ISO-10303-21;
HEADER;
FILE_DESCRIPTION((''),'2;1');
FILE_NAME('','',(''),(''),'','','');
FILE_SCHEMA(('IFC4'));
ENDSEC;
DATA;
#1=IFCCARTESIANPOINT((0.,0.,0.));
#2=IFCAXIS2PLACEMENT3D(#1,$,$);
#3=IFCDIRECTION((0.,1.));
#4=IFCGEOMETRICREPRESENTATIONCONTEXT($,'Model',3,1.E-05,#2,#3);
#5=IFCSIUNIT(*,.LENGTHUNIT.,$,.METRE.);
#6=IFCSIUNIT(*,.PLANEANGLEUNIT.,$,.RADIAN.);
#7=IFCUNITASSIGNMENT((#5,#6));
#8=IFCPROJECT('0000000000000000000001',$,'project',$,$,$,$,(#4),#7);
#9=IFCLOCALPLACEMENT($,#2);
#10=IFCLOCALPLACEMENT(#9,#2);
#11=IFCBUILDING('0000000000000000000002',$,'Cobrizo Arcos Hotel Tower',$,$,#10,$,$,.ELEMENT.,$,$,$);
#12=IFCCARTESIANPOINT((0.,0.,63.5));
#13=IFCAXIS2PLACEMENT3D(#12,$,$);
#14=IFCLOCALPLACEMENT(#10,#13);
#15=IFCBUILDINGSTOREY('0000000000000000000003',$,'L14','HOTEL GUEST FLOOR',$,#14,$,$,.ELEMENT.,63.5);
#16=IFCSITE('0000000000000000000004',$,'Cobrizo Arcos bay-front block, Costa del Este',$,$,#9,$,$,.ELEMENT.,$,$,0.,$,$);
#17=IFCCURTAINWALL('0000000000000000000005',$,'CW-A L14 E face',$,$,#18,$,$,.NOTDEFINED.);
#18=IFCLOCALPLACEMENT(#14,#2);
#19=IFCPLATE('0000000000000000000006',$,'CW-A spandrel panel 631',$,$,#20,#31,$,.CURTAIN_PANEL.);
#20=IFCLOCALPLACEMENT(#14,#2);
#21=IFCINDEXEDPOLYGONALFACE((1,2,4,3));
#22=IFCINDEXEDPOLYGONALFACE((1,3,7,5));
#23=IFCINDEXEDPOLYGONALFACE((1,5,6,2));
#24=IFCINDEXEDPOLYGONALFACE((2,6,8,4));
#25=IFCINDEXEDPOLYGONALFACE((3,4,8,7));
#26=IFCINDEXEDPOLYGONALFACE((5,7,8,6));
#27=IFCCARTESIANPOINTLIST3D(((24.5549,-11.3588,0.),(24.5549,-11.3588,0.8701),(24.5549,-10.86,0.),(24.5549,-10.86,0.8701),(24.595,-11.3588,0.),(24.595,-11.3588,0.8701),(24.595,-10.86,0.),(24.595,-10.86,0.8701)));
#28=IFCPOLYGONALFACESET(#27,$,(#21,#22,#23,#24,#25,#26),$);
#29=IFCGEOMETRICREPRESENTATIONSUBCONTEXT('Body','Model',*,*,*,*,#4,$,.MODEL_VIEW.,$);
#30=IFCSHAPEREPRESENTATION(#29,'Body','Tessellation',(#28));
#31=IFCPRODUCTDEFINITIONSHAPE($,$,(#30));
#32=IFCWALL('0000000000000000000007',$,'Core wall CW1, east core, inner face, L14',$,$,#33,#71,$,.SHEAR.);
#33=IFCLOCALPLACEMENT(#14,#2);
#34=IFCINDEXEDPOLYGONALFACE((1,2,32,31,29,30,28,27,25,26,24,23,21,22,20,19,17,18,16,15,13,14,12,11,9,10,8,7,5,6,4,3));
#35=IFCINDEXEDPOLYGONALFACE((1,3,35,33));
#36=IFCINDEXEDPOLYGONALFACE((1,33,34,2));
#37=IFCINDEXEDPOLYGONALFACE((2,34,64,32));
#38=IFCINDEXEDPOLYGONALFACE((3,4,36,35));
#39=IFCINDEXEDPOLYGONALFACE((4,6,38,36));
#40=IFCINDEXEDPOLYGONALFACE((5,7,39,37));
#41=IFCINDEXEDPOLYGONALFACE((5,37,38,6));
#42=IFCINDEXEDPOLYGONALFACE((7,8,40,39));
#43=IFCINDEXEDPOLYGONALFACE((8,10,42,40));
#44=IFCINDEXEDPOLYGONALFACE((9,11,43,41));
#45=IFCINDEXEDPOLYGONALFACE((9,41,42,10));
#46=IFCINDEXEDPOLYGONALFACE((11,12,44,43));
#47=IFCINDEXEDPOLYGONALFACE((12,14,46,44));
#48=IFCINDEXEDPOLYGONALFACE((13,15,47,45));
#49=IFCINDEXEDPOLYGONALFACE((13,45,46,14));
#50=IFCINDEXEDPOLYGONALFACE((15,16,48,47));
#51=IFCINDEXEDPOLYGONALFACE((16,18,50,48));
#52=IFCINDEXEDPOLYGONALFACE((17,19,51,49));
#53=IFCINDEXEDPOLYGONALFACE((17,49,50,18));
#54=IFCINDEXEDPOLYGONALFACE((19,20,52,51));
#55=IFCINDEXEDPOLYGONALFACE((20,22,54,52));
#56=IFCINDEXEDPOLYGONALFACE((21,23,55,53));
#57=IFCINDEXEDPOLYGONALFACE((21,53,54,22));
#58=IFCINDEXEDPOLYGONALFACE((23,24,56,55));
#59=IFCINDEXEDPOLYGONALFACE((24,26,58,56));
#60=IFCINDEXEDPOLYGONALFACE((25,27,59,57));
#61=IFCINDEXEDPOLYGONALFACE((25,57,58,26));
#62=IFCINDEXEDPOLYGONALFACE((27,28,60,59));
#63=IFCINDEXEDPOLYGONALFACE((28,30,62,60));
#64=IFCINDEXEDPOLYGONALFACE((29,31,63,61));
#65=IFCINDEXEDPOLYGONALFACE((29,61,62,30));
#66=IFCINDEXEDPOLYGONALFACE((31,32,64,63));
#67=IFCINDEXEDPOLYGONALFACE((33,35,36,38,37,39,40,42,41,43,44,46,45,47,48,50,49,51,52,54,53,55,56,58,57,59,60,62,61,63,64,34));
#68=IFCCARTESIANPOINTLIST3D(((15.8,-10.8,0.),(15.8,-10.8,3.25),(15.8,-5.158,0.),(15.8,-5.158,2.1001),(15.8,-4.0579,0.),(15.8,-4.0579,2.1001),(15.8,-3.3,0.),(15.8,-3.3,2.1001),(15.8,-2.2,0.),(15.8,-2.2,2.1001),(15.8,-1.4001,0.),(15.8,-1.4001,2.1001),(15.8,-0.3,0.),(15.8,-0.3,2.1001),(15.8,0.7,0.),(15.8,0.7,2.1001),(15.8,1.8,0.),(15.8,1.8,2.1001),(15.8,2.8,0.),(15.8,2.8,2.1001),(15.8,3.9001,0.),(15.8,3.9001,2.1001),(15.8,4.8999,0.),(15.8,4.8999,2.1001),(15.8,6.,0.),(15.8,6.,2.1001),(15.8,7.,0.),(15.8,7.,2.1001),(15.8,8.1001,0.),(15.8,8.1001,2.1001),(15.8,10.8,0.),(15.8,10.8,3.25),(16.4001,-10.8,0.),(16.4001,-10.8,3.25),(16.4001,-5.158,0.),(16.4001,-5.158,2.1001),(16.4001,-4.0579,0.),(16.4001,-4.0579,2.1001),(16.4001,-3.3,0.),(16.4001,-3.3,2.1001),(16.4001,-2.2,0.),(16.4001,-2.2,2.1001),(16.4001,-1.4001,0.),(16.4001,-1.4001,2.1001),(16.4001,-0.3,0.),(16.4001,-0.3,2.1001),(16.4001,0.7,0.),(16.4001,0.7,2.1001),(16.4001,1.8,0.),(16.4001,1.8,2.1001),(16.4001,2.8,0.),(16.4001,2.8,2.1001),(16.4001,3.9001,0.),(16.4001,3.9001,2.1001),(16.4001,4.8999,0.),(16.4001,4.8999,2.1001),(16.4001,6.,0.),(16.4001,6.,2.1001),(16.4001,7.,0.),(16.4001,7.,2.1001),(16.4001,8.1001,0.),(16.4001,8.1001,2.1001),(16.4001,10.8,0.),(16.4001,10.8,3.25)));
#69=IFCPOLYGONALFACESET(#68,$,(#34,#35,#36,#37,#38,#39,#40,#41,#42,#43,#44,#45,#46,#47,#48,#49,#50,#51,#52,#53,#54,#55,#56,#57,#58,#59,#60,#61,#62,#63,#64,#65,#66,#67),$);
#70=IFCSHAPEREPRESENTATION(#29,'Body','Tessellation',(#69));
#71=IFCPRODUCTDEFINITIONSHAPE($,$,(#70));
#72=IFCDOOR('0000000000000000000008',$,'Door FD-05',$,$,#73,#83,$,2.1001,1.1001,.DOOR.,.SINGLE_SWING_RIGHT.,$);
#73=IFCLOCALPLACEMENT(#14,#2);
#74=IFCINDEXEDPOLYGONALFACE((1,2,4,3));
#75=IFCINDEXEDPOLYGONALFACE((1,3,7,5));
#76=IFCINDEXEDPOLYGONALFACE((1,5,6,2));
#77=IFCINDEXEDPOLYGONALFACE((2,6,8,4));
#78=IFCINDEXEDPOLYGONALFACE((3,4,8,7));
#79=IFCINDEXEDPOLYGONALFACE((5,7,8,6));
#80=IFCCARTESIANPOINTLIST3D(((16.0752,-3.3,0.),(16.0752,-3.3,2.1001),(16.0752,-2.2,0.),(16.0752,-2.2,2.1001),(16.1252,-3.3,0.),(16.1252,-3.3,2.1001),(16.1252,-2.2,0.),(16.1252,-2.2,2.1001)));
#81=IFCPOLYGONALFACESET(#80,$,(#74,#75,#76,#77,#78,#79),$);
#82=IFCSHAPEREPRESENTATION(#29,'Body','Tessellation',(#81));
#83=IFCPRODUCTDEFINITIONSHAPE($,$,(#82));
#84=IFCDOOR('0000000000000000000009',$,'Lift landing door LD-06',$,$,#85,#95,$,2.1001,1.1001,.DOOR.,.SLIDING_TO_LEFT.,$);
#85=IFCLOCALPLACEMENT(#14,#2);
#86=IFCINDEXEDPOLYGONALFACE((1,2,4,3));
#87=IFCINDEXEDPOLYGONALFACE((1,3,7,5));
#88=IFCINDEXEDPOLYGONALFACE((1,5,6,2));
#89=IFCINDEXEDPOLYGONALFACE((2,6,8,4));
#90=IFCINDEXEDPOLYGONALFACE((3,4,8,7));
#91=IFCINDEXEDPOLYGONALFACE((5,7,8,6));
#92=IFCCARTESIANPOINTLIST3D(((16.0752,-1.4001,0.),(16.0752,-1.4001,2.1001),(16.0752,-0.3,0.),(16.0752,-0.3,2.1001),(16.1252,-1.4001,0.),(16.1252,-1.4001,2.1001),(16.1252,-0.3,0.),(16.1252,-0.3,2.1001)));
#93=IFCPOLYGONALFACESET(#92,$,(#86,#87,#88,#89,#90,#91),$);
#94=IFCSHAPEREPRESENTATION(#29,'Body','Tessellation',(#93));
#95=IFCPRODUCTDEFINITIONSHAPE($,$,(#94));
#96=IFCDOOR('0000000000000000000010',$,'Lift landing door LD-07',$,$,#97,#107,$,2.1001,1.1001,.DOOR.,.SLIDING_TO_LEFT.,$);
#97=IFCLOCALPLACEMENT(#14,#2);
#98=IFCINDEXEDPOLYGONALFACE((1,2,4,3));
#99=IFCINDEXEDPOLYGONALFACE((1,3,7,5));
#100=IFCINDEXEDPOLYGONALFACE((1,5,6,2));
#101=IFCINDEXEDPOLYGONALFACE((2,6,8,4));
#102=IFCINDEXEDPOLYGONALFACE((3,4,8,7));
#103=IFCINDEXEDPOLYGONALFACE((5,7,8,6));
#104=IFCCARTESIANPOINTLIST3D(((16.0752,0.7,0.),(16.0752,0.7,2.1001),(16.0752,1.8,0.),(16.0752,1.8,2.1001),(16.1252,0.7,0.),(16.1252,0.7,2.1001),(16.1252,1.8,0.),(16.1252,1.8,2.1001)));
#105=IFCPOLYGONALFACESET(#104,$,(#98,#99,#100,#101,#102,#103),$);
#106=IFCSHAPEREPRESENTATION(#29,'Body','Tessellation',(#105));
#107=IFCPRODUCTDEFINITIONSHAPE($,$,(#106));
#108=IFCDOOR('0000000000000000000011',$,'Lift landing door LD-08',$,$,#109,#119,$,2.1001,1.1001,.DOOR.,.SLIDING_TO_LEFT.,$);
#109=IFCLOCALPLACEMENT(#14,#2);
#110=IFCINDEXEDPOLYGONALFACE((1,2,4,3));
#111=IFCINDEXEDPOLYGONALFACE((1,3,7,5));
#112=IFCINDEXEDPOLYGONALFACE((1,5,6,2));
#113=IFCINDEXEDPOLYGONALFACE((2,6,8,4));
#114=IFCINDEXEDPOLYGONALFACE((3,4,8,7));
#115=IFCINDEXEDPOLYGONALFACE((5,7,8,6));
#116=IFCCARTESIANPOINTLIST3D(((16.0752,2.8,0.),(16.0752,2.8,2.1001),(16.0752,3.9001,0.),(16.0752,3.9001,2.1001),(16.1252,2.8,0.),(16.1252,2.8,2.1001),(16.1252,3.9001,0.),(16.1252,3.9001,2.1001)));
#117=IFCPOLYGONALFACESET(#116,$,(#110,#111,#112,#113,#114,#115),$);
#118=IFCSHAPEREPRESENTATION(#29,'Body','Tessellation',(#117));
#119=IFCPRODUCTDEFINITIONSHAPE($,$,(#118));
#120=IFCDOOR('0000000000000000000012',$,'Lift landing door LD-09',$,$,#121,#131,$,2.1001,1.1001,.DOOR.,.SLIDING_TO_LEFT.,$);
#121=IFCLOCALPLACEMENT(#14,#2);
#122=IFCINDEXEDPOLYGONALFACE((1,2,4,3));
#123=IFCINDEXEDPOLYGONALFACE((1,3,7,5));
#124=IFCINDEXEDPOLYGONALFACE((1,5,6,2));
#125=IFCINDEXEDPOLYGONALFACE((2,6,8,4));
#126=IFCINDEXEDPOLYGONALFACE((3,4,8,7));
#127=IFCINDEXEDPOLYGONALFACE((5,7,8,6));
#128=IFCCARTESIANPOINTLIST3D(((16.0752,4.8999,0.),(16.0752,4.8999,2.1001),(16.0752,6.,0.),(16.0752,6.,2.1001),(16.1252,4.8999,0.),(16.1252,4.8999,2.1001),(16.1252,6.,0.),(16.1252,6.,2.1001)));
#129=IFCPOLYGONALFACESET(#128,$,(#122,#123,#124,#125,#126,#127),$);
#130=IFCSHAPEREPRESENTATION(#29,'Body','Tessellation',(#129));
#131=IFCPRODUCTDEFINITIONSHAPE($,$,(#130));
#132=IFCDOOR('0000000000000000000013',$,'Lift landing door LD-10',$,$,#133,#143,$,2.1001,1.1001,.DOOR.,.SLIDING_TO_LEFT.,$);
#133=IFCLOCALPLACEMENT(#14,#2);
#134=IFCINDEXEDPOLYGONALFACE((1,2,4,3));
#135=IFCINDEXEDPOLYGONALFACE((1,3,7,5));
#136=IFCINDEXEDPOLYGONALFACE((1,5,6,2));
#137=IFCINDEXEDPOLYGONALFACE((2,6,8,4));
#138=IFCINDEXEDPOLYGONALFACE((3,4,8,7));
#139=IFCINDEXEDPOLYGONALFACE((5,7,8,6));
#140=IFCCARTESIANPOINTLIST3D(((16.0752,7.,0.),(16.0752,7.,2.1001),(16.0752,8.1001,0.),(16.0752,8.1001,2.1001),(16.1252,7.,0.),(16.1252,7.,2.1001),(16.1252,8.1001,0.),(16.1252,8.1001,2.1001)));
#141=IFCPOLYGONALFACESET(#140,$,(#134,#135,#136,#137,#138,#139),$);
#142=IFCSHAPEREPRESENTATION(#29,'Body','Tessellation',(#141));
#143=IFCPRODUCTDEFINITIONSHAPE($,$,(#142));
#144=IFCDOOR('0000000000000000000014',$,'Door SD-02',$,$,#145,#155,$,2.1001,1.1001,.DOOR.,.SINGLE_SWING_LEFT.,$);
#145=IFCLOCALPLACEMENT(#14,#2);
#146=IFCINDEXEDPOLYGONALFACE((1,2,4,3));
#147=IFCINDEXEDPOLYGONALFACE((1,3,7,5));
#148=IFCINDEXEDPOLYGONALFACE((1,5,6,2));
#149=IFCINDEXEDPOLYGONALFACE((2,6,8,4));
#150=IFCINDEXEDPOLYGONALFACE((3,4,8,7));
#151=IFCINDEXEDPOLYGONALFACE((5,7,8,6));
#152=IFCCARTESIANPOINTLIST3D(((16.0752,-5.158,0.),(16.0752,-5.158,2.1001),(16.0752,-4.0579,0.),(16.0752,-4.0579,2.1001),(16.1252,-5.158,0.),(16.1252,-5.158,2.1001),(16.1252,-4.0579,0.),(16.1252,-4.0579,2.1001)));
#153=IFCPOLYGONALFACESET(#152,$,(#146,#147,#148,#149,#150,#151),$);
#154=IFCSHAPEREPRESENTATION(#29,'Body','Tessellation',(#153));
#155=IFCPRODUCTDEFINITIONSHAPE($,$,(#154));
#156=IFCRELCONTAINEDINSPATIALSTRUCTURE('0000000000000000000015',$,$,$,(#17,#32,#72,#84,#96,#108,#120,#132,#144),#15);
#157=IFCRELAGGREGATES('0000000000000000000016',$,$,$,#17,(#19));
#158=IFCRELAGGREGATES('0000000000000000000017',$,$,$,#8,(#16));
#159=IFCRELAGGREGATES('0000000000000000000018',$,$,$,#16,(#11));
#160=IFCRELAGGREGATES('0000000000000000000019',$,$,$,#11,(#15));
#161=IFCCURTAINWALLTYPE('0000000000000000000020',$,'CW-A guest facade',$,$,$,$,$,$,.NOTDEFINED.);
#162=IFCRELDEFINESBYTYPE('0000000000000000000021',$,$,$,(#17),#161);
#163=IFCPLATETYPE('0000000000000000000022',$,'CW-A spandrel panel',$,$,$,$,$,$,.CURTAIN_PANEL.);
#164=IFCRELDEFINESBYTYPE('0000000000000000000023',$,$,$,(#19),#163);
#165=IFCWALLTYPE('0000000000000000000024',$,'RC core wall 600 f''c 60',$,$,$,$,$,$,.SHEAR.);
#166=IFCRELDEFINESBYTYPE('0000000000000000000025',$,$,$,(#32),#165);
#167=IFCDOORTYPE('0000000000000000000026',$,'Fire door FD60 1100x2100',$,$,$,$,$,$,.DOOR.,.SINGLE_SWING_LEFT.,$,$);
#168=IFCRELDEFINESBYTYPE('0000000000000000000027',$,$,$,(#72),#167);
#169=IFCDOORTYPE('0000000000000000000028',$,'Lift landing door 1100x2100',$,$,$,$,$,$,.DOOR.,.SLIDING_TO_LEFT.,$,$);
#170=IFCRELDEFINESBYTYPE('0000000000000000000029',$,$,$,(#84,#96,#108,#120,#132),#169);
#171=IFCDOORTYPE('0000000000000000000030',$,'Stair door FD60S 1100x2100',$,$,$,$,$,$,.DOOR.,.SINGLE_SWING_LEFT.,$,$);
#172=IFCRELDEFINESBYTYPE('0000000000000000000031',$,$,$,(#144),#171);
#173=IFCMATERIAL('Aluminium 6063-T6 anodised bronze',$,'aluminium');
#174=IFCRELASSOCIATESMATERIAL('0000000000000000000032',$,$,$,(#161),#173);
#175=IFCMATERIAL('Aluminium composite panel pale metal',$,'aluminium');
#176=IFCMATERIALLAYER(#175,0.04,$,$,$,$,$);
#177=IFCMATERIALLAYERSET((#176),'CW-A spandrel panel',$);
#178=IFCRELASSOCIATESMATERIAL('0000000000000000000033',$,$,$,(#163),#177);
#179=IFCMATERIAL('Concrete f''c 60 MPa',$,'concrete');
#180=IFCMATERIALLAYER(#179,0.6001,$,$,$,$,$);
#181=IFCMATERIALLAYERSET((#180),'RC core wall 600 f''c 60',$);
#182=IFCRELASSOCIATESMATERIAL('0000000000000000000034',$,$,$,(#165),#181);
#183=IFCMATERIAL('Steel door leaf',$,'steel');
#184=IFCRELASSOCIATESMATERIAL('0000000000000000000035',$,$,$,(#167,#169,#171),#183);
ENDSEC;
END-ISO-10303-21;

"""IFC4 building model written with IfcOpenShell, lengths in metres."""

from ifc_helpers import new_model, si_unit, direction, frame, frame_2d, origin, origin_2d, place, context, subcontext, project, spatial, rectangle, extrude, material, layer, layer_set, type_object, element, fill, aggregate, save


model = new_model("IFC4")

# Units and contexts
model_context = context("Model", 3, precision=1e-05, world=origin(), true_north=direction((0.0, 1.0)))
body_context = subcontext(model_context, "Body", "Model", "MODEL_VIEW")
ifc_project = project(units=[si_unit("LENGTHUNIT", "METRE"), si_unit("PLANEANGLEUNIT", "RADIAN")], contexts=[model_context])

# Site, building, storey
site_placement = place(None, origin())
site = spatial("IfcSite", under=ifc_project, at=site_placement, Name="Cobrizo Arcos bay-front block, Costa del Este", CompositionType="ELEMENT", RefElevation=0.0)
building_placement = place(site_placement, origin())
building = spatial("IfcBuilding", under=site, at=building_placement, Name="Cobrizo Arcos Hotel Tower", CompositionType="ELEMENT")
storey_placement = place(building_placement, frame((0.0, 0.0, 63.5)))
storey = spatial("IfcBuildingStorey", under=building, at=storey_placement, Name="L14", Description="HOTEL GUEST FLOOR", CompositionType="ELEMENT", Elevation=63.5)

# Curtain wall
ifc_material_1 = material(Name="Aluminium 6063-T6 anodised bronze", Category="aluminium")
curtain_wall_type = type_object("IfcCurtainWallType", Name="CW-A guest facade", PredefinedType="NOTDEFINED", material=ifc_material_1)
curtain_wall_placement = place(storey_placement, origin())
curtain_wall = element("IfcCurtainWall", 1, at=curtain_wall_placement, inside=storey, type_object=curtain_wall_type, Name="CW-A L14 E face", PredefinedType="NOTDEFINED")

# Plate
ifc_material_2 = material(Name="Aluminium composite panel pale metal", Category="aluminium")
ifc_layer_1 = layer(ifc_material_2, 0.04)
ifc_layer_set_1 = layer_set([ifc_layer_1], Name="CW-A spandrel panel")
plate_type_1 = type_object("IfcPlateType", Name="CW-A spandrel panel", PredefinedType="CURTAIN_PANEL", material=ifc_layer_set_1)
plate_1_placement = place(storey_placement, frame((24.575, -11.1094, 0.0), z_axis=(0.0, 0.0, 1.0), x_axis=(0.0, 1.0, 0.0)))
plate_1 = element("IfcPlate", 2, at=plate_1_placement, type_object=plate_type_1, Name="CW-A spandrel panel 631", PredefinedType="CURTAIN_PANEL", context=body_context, shape_type="SweptSolid", body=[
    extrude(rectangle(XDim=0.4988, YDim=0.04, at=origin_2d()), origin(), (0.0, 0.0, 1.0), 0.8701),
])
aggregate(curtain_wall, [plate_1])

# Wall, openings, doors
ifc_material_3 = material(Name="Concrete f'c 60 MPa", Category="concrete")
ifc_layer_2 = layer(ifc_material_3, 0.6001)
ifc_layer_set_2 = layer_set([ifc_layer_2], Name="RC core wall 600 f'c 60")
wall_type = type_object("IfcWallType", Name="RC core wall 600 f'c 60", PredefinedType="SHEAR", material=ifc_layer_set_2)
wall_placement = place(storey_placement, frame((16.1001, -10.8, 0.0), z_axis=(0.0, 0.0, 1.0), x_axis=(0.0, 1.0, 0.0)))
wall = element("IfcWall", 3, at=wall_placement, inside=storey, type_object=wall_type, Name="Core wall CW1, east core, inner face, L14", PredefinedType="SHEAR", context=body_context, shape_type="SweptSolid", body=[
    extrude(rectangle(XDim=21.6001, YDim=0.6001, at=frame_2d((10.8, 0.0))), origin(), (0.0, 0.0, 1.0), 3.25),
])
opening_1_placement = place(wall_placement, frame((9.3999, 0.0, 0.0)))
opening_1 = element("IfcOpeningElement", 4, at=opening_1_placement, cuts=wall, PredefinedType="OPENING", context=body_context, shape_type="SweptSolid", body=[
    extrude(rectangle(XDim=1.1001, YDim=2.1001, at=frame_2d((0.55, 1.05))), frame((0.0, 0.312, 0.0), z_axis=(0.0, -1.0, 0.0), x_axis=(1.0, 0.0, 0.0)), (0.0, 0.0, 1.0), 0.624),
])
opening_2_placement = place(wall_placement, frame((11.5, 0.0, 0.0)))
opening_2 = element("IfcOpeningElement", 5, at=opening_2_placement, cuts=wall, PredefinedType="OPENING", context=body_context, shape_type="SweptSolid", body=[
    extrude(rectangle(XDim=1.1001, YDim=2.1001, at=frame_2d((0.55, 1.05))), frame((0.0, 0.312, 0.0), z_axis=(0.0, -1.0, 0.0), x_axis=(1.0, 0.0, 0.0)), (0.0, 0.0, 1.0), 0.624),
])
opening_3_placement = place(wall_placement, frame((13.6001, 0.0, 0.0)))
opening_3 = element("IfcOpeningElement", 6, at=opening_3_placement, cuts=wall, PredefinedType="OPENING", context=body_context, shape_type="SweptSolid", body=[
    extrude(rectangle(XDim=1.1001, YDim=2.1001, at=frame_2d((0.55, 1.05))), frame((0.0, 0.312, 0.0), z_axis=(0.0, -1.0, 0.0), x_axis=(1.0, 0.0, 0.0)), (0.0, 0.0, 1.0), 0.624),
])
opening_4_placement = place(wall_placement, frame((15.7, 0.0, 0.0)))
opening_4 = element("IfcOpeningElement", 7, at=opening_4_placement, cuts=wall, PredefinedType="OPENING", context=body_context, shape_type="SweptSolid", body=[
    extrude(rectangle(XDim=1.1001, YDim=2.1001, at=frame_2d((0.55, 1.05))), frame((0.0, 0.312, 0.0), z_axis=(0.0, -1.0, 0.0), x_axis=(1.0, 0.0, 0.0)), (0.0, 0.0, 1.0), 0.624),
])
opening_5_placement = place(wall_placement, frame((17.8, 0.0, 0.0)))
opening_5 = element("IfcOpeningElement", 8, at=opening_5_placement, cuts=wall, PredefinedType="OPENING", context=body_context, shape_type="SweptSolid", body=[
    extrude(rectangle(XDim=1.1001, YDim=2.1001, at=frame_2d((0.55, 1.05))), frame((0.0, 0.312, 0.0), z_axis=(0.0, -1.0, 0.0), x_axis=(1.0, 0.0, 0.0)), (0.0, 0.0, 1.0), 0.624),
])
opening_6_placement = place(wall_placement, frame((5.6421, 0.0, 0.0)))
opening_6 = element("IfcOpeningElement", 9, at=opening_6_placement, cuts=wall, PredefinedType="OPENING", context=body_context, shape_type="SweptSolid", body=[
    extrude(rectangle(XDim=1.1001, YDim=2.1001, at=frame_2d((0.55, 1.05))), frame((0.0, 0.312, 0.0), z_axis=(0.0, -1.0, 0.0), x_axis=(1.0, 0.0, 0.0)), (0.0, 0.0, 1.0), 0.624),
])
opening_7_placement = place(wall_placement, frame((7.5, 0.0, 0.0)))
opening_7 = element("IfcOpeningElement", 10, at=opening_7_placement, cuts=wall, PredefinedType="OPENING", context=body_context, shape_type="SweptSolid", body=[
    extrude(rectangle(XDim=1.1001, YDim=2.1001, at=frame_2d((0.55, 1.05))), frame((0.0, 0.312, 0.0), z_axis=(0.0, -1.0, 0.0), x_axis=(1.0, 0.0, 0.0)), (0.0, 0.0, 1.0), 0.624),
])
ifc_material_4 = material(Name="Steel door leaf", Category="steel")
door_type_1 = type_object("IfcDoorType", Name="Fire door FD60 1100x2100", OperationType="SINGLE_SWING_LEFT", PredefinedType="DOOR", material=ifc_material_4)
door_1_placement = place(opening_7_placement, origin())
door_1 = element("IfcDoor", 11, at=door_1_placement, inside=storey, type_object=door_type_1, Name="Door FD-05", OperationType="SINGLE_SWING_RIGHT", OverallHeight=2.1001, OverallWidth=1.1001, PredefinedType="DOOR", context=body_context, shape_type="SweptSolid", body=[
    extrude(rectangle(XDim=1.1001, YDim=2.1001, at=frame_2d((0.55, 1.05))), frame((0.0, 0.0249, 0.0), z_axis=(0.0, -1.0, 0.0), x_axis=(1.0, 0.0, 0.0)), (0.0, 0.0, 1.0), 0.05),
])
fill(opening_7, door_1)
door_type_2 = type_object("IfcDoorType", Name="Lift landing door 1100x2100", OperationType="SLIDING_TO_LEFT", PredefinedType="DOOR", material=ifc_material_4)
door_2_placement = place(opening_1_placement, origin())
door_2 = element("IfcDoor", 12, at=door_2_placement, inside=storey, type_object=door_type_2, Name="Lift landing door LD-06", OperationType="SLIDING_TO_LEFT", OverallHeight=2.1001, OverallWidth=1.1001, PredefinedType="DOOR", context=body_context, shape_type="SweptSolid", body=[
    extrude(rectangle(XDim=1.1001, YDim=2.1001, at=frame_2d((0.55, 1.05))), frame((0.0, 0.0249, 0.0), z_axis=(0.0, -1.0, 0.0), x_axis=(1.0, 0.0, 0.0)), (0.0, 0.0, 1.0), 0.05),
])
fill(opening_1, door_2)
door_3_placement = place(opening_2_placement, origin())
door_3 = element("IfcDoor", 13, at=door_3_placement, inside=storey, type_object=door_type_2, Name="Lift landing door LD-07", OperationType="SLIDING_TO_LEFT", OverallHeight=2.1001, OverallWidth=1.1001, PredefinedType="DOOR", context=body_context, shape_type="SweptSolid", body=[
    extrude(rectangle(XDim=1.1001, YDim=2.1001, at=frame_2d((0.55, 1.05))), frame((0.0, 0.0249, 0.0), z_axis=(0.0, -1.0, 0.0), x_axis=(1.0, 0.0, 0.0)), (0.0, 0.0, 1.0), 0.05),
])
fill(opening_2, door_3)
door_4_placement = place(opening_3_placement, origin())
door_4 = element("IfcDoor", 14, at=door_4_placement, inside=storey, type_object=door_type_2, Name="Lift landing door LD-08", OperationType="SLIDING_TO_LEFT", OverallHeight=2.1001, OverallWidth=1.1001, PredefinedType="DOOR", context=body_context, shape_type="SweptSolid", body=[
    extrude(rectangle(XDim=1.1001, YDim=2.1001, at=frame_2d((0.55, 1.05))), frame((0.0, 0.0249, 0.0), z_axis=(0.0, -1.0, 0.0), x_axis=(1.0, 0.0, 0.0)), (0.0, 0.0, 1.0), 0.05),
])
fill(opening_3, door_4)
door_5_placement = place(opening_4_placement, origin())
door_5 = element("IfcDoor", 15, at=door_5_placement, inside=storey, type_object=door_type_2, Name="Lift landing door LD-09", OperationType="SLIDING_TO_LEFT", OverallHeight=2.1001, OverallWidth=1.1001, PredefinedType="DOOR", context=body_context, shape_type="SweptSolid", body=[
    extrude(rectangle(XDim=1.1001, YDim=2.1001, at=frame_2d((0.55, 1.05))), frame((0.0, 0.0249, 0.0), z_axis=(0.0, -1.0, 0.0), x_axis=(1.0, 0.0, 0.0)), (0.0, 0.0, 1.0), 0.05),
])
fill(opening_4, door_5)
door_6_placement = place(opening_5_placement, origin())
door_6 = element("IfcDoor", 16, at=door_6_placement, inside=storey, type_object=door_type_2, Name="Lift landing door LD-10", OperationType="SLIDING_TO_LEFT", OverallHeight=2.1001, OverallWidth=1.1001, PredefinedType="DOOR", context=body_context, shape_type="SweptSolid", body=[
    extrude(rectangle(XDim=1.1001, YDim=2.1001, at=frame_2d((0.55, 1.05))), frame((0.0, 0.0249, 0.0), z_axis=(0.0, -1.0, 0.0), x_axis=(1.0, 0.0, 0.0)), (0.0, 0.0, 1.0), 0.05),
])
fill(opening_5, door_6)
door_type_3 = type_object("IfcDoorType", Name="Stair door FD60S 1100x2100", OperationType="SINGLE_SWING_LEFT", PredefinedType="DOOR", material=ifc_material_4)
door_7_placement = place(opening_6_placement, origin())
door_7 = element("IfcDoor", 17, at=door_7_placement, inside=storey, type_object=door_type_3, Name="Door SD-02", OperationType="SINGLE_SWING_LEFT", OverallHeight=2.1001, OverallWidth=1.1001, PredefinedType="DOOR", context=body_context, shape_type="SweptSolid", body=[
    extrude(rectangle(XDim=1.1001, YDim=2.1001, at=frame_2d((0.55, 1.05))), frame((0.0, 0.0249, 0.0), z_axis=(0.0, -1.0, 0.0), x_axis=(1.0, 0.0, 0.0)), (0.0, 0.0, 1.0), 0.05),
])
fill(opening_6, door_7)

save(model, "model.ifc")
